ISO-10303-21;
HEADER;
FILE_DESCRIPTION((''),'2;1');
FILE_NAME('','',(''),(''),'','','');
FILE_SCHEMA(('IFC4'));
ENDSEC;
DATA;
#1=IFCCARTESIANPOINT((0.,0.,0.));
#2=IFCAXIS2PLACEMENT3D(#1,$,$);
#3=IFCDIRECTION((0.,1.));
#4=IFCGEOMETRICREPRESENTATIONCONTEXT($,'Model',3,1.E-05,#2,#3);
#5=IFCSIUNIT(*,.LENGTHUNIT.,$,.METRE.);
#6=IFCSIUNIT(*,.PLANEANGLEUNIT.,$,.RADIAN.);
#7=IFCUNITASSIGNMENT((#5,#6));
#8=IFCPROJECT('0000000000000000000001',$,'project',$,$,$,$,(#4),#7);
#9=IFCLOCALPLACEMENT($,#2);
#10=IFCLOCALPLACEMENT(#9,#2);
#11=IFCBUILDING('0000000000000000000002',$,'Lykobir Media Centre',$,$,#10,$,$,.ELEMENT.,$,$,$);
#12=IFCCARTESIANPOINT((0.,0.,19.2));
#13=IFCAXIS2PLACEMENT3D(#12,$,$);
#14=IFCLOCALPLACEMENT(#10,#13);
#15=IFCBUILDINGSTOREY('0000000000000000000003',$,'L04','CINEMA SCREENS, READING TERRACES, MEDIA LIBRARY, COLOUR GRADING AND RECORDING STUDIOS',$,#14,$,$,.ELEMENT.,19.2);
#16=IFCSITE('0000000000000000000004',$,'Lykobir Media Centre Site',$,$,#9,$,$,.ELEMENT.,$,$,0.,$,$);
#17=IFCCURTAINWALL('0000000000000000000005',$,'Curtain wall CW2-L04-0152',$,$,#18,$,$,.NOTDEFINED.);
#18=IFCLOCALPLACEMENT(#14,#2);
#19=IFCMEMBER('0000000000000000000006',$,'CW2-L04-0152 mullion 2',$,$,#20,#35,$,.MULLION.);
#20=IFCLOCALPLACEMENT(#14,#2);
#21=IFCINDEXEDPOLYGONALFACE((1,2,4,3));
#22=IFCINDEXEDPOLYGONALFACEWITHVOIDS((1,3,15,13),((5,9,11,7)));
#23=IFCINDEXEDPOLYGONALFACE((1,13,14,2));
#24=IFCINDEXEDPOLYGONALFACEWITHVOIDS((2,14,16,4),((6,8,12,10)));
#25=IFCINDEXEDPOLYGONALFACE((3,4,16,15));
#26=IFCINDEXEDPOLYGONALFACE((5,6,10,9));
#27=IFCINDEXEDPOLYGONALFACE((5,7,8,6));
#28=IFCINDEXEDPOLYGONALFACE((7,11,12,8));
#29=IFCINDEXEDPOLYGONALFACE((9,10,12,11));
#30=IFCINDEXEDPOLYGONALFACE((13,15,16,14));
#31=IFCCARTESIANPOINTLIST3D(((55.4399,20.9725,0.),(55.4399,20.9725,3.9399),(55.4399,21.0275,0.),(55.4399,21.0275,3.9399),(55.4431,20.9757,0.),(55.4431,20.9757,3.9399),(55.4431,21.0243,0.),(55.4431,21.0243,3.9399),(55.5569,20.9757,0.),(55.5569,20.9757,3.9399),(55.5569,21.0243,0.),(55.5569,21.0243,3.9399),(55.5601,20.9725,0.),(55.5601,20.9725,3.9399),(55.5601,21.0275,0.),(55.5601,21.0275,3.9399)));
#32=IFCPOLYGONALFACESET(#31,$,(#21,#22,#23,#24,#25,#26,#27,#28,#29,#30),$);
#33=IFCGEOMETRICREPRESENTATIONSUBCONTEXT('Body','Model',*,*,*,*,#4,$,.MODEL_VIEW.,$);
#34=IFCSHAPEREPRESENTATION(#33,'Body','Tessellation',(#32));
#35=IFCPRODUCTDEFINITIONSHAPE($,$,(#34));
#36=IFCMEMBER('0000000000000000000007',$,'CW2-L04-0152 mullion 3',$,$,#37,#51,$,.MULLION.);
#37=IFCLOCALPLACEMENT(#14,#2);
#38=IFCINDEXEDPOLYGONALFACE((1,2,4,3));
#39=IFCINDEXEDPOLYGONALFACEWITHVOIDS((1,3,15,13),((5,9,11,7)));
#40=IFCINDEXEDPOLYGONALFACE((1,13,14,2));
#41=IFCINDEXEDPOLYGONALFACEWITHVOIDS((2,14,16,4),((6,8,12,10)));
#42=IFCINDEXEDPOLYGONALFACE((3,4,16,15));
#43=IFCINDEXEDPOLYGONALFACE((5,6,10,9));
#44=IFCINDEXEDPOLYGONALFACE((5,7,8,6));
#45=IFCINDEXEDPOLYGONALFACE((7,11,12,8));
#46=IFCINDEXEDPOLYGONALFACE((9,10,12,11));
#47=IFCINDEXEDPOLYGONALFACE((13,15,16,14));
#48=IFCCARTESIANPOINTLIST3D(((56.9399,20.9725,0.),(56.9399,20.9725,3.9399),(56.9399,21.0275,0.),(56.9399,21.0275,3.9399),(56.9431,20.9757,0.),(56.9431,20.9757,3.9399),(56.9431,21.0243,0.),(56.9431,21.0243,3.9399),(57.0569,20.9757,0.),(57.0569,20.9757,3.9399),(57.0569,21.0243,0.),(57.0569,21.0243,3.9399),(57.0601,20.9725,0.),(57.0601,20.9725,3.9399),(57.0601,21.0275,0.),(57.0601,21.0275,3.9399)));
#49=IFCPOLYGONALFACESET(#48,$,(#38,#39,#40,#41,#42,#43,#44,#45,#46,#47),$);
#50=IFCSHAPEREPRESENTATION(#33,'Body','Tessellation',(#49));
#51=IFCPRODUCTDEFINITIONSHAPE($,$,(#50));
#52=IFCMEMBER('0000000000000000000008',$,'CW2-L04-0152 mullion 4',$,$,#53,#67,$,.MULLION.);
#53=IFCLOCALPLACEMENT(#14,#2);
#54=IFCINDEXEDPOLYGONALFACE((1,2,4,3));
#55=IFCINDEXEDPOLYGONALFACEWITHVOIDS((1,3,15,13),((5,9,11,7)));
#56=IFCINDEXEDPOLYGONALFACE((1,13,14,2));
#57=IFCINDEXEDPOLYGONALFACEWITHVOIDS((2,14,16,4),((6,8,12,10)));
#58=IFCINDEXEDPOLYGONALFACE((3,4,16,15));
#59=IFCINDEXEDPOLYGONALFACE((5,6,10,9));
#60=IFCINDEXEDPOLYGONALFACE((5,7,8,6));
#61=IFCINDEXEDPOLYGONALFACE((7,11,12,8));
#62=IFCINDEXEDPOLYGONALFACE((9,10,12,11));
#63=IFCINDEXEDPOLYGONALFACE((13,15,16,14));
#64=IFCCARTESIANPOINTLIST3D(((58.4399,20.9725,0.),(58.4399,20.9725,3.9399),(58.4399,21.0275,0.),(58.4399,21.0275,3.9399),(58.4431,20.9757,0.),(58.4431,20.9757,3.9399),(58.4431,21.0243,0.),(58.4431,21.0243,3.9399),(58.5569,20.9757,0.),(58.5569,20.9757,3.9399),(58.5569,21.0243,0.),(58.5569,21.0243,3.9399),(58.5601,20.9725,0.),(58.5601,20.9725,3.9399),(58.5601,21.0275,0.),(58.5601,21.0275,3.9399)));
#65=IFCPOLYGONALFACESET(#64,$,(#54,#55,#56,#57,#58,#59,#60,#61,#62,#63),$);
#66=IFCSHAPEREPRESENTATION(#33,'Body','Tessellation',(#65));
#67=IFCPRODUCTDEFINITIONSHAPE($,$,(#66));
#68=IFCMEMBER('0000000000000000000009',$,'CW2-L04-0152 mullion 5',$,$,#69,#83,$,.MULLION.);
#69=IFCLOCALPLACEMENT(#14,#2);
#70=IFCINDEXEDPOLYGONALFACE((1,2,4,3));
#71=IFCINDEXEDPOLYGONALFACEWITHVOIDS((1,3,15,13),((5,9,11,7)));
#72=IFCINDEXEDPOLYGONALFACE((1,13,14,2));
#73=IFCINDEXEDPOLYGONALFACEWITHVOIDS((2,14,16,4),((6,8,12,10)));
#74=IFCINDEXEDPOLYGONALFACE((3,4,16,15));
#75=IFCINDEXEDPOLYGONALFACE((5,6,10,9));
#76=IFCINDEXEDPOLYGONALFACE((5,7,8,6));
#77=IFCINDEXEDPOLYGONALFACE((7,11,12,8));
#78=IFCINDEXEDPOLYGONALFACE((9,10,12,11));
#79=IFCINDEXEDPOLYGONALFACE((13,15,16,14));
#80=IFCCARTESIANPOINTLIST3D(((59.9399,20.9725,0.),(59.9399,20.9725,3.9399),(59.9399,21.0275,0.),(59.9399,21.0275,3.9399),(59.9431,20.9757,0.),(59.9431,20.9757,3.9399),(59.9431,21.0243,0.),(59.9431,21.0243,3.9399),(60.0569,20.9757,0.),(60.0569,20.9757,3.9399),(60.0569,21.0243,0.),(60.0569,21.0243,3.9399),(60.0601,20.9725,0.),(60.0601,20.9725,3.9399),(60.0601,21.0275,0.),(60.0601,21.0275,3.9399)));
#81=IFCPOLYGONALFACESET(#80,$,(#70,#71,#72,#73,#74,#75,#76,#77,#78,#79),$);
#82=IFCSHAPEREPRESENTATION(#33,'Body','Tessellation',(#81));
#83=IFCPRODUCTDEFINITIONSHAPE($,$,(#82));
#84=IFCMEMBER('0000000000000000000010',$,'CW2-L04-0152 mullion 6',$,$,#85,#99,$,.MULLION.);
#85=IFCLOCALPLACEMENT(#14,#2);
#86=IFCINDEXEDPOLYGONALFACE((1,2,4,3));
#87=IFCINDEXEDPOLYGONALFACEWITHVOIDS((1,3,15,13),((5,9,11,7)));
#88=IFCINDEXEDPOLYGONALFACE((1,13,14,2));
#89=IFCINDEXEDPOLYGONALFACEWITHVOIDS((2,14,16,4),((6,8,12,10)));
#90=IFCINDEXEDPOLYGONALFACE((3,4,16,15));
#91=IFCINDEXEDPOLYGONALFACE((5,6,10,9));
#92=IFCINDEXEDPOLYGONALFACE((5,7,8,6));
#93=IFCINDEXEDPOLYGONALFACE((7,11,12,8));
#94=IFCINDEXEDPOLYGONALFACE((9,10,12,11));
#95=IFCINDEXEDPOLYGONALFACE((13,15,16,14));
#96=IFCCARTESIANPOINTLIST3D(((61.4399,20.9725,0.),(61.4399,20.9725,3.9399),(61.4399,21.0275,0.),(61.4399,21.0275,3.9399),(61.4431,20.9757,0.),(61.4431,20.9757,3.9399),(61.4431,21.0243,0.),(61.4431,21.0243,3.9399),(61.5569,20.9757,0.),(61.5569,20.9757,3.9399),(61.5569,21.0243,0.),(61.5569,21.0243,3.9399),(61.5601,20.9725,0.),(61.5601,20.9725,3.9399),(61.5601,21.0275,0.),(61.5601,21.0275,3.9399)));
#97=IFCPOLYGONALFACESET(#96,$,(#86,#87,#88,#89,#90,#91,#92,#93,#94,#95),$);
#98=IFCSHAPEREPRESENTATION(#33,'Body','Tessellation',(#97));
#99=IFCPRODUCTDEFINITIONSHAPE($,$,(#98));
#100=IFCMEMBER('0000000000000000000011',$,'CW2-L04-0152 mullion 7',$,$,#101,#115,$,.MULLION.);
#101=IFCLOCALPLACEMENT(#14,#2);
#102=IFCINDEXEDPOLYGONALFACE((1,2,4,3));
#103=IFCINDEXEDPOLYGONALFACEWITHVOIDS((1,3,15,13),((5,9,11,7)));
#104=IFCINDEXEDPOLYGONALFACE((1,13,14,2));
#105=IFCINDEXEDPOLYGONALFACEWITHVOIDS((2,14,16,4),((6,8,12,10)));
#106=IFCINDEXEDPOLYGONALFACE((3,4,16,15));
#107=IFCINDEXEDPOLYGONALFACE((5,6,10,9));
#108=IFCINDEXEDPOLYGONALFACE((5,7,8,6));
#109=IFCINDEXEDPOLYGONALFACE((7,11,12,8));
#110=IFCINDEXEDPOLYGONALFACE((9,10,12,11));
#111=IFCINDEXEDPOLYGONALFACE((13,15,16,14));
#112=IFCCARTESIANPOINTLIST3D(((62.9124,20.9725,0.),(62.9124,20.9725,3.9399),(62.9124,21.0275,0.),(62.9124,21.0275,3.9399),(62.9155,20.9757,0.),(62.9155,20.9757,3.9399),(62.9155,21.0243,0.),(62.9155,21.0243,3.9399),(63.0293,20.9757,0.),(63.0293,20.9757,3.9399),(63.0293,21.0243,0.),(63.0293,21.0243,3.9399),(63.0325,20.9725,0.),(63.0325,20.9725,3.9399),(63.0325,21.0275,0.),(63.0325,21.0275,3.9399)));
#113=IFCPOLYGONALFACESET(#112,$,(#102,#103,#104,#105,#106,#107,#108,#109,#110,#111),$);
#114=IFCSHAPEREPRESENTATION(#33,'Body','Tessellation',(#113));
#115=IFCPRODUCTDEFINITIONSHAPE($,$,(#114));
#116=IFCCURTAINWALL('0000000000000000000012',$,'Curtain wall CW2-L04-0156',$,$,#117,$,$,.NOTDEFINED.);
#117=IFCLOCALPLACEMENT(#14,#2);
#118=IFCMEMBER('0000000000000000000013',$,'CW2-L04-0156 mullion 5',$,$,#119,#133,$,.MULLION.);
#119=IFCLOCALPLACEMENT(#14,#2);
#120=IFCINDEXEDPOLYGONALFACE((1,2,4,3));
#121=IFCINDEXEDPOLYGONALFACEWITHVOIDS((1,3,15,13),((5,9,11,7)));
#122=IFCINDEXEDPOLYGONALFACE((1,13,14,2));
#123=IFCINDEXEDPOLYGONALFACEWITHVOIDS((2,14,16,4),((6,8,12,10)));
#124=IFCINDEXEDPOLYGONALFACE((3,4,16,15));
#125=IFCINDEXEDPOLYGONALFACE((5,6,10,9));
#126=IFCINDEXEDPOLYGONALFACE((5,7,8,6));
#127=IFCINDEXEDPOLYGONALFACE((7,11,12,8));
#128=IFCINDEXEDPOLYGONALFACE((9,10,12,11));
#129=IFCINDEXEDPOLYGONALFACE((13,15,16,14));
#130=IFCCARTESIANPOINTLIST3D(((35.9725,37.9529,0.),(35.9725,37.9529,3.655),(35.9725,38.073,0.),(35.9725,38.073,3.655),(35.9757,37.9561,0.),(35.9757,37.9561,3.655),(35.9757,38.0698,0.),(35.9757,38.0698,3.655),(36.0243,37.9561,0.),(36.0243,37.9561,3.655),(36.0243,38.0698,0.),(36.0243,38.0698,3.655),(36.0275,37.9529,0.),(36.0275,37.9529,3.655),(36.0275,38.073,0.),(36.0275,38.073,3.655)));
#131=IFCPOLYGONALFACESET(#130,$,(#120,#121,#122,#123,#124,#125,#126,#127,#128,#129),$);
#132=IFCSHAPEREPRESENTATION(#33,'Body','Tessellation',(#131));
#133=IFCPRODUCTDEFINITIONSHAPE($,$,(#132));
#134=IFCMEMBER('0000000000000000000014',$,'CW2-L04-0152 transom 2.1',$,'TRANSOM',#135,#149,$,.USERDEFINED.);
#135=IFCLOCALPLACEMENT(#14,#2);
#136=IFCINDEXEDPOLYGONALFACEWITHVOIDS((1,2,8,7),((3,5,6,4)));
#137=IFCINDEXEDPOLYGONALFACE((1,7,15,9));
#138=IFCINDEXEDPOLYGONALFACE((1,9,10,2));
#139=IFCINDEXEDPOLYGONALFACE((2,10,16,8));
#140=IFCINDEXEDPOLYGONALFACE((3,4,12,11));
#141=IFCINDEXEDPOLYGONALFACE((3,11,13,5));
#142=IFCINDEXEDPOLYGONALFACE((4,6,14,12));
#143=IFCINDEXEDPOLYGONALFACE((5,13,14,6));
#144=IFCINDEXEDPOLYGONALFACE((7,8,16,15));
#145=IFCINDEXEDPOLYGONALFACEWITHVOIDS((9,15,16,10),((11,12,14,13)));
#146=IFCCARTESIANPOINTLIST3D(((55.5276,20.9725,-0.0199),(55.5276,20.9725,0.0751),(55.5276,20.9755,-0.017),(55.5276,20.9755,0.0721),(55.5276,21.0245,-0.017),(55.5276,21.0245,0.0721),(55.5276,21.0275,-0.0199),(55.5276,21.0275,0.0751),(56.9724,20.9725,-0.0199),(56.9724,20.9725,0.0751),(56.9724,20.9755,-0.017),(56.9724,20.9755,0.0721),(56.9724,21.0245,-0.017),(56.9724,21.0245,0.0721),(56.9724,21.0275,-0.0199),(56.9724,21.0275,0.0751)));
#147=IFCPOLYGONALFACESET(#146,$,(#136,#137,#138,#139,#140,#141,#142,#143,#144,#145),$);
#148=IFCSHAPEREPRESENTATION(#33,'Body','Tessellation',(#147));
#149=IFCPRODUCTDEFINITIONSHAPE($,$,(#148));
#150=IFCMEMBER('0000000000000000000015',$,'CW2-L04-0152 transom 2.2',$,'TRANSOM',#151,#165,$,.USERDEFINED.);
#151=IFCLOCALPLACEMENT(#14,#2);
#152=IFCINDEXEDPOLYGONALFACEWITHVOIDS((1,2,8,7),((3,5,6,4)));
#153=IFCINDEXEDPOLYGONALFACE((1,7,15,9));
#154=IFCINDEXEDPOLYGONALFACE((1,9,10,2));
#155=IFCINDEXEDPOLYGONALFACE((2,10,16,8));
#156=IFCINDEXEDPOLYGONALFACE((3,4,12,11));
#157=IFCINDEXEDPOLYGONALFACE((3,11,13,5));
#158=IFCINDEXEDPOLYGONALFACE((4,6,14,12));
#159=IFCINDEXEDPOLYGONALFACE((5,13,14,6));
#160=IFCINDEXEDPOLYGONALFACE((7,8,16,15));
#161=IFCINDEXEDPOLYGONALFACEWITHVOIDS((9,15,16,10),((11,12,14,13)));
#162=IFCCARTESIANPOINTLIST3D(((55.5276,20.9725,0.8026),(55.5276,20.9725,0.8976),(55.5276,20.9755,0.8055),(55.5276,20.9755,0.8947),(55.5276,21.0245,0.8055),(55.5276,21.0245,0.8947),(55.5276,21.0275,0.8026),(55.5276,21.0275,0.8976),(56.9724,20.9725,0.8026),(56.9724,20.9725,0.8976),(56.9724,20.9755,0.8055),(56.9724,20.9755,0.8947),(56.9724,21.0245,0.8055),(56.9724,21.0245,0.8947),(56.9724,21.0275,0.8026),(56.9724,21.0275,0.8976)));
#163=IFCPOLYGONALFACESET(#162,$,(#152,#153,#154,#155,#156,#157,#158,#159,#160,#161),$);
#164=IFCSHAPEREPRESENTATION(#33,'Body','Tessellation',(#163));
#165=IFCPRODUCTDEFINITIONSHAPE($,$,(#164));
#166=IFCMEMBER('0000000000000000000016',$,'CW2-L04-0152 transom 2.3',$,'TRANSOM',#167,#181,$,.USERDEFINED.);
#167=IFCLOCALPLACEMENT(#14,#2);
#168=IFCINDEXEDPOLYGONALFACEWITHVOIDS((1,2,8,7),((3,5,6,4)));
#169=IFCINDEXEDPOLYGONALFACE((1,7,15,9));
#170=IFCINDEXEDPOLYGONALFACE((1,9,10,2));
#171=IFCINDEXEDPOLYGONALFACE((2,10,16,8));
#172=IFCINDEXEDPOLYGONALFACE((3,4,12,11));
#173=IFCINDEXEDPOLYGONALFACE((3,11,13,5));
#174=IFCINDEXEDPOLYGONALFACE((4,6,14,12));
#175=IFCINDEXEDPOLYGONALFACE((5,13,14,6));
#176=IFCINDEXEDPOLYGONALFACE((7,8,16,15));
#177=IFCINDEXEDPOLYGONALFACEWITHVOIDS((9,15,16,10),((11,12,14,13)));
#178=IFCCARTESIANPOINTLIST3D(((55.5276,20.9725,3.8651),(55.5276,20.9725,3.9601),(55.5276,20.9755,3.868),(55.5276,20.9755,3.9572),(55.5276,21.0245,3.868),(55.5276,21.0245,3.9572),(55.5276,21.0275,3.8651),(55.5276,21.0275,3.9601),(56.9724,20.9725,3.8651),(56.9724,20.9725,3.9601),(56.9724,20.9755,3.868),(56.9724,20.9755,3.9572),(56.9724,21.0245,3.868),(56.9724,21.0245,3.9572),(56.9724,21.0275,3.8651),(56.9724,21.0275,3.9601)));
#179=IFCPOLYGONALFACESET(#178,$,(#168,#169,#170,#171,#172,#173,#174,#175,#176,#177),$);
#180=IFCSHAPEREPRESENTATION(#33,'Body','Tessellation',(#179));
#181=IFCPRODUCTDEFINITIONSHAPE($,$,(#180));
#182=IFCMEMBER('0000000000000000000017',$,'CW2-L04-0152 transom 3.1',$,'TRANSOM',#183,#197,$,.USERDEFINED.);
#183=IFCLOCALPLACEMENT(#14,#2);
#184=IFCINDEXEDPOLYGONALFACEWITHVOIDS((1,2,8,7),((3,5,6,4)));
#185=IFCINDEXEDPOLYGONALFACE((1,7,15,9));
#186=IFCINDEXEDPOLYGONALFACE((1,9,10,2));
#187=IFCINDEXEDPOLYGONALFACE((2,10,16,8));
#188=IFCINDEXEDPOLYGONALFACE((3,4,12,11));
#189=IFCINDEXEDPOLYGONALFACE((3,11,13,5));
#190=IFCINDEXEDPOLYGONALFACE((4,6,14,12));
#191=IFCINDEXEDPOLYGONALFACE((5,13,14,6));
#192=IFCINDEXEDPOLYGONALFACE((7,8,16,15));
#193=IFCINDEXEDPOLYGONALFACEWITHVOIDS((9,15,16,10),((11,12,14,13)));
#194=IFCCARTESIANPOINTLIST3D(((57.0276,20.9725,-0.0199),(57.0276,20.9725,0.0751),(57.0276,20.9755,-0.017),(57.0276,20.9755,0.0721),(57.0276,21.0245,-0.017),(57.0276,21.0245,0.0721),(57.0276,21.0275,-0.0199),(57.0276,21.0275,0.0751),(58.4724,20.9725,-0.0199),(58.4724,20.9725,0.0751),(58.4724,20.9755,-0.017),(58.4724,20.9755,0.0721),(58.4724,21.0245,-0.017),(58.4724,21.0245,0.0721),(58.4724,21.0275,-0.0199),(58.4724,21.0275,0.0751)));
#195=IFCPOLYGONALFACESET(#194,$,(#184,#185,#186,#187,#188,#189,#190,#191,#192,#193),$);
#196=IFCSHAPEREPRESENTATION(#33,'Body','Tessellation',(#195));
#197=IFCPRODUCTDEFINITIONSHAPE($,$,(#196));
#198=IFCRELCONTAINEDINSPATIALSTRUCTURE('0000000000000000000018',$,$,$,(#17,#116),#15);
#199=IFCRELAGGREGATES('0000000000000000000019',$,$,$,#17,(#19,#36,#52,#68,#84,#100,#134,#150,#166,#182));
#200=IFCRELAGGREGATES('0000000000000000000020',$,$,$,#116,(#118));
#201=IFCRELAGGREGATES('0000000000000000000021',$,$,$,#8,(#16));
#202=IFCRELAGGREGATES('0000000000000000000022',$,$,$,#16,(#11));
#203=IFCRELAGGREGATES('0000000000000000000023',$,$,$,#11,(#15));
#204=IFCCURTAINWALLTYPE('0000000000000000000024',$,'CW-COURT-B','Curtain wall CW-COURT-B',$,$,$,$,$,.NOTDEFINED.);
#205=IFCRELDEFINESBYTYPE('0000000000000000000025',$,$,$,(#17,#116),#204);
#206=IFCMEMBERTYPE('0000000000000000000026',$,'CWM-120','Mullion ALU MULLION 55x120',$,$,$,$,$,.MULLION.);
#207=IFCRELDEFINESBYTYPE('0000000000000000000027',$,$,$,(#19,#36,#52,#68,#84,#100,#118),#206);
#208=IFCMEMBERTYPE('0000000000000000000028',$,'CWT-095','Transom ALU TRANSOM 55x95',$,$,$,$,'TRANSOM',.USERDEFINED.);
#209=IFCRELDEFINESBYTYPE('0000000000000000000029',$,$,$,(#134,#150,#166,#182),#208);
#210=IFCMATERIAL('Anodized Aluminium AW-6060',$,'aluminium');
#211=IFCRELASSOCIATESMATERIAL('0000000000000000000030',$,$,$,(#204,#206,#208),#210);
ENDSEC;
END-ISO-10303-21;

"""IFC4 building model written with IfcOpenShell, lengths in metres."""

from ifc_helpers import new_model, si_unit, direction, frame, origin, origin_2d, place, context, subcontext, project, spatial, hollow_rectangle, extrude, material, material_profile, profile_set, type_object, element, aggregate, save


model = new_model("IFC4")

# Units and contexts
model_context = context("Model", 3, precision=1e-05, world=origin(), true_north=direction((0.0, 1.0)))
body_context = subcontext(model_context, "Body", "Model", "MODEL_VIEW")
ifc_project = project(units=[si_unit("LENGTHUNIT", "METRE"), si_unit("PLANEANGLEUNIT", "RADIAN")], contexts=[model_context])

# Site, building, storey
site_placement = place(None, origin())
site = spatial("IfcSite", under=ifc_project, at=site_placement, Name="Lykobir Media Centre Site", CompositionType="ELEMENT", RefElevation=0.0)
building_placement = place(site_placement, origin())
building = spatial("IfcBuilding", under=site, at=building_placement, Name="Lykobir Media Centre", CompositionType="ELEMENT")
storey_placement = place(building_placement, frame((0.0, 0.0, 19.2)))
storey = spatial("IfcBuildingStorey", under=building, at=storey_placement, Name="L04", Description="CINEMA SCREENS, READING TERRACES, MEDIA LIBRARY, COLOUR GRADING AND RECORDING STUDIOS", CompositionType="ELEMENT", Elevation=19.2)

# Curtain wall, members
ifc_material_1 = material(Name="Anodized Aluminium AW-6060", Category="aluminium")
curtain_wall_type = type_object("IfcCurtainWallType", Name="CW-COURT-B", Description="Curtain wall CW-COURT-B", PredefinedType="NOTDEFINED", material=ifc_material_1)
curtain_wall_1_placement = place(storey_placement, origin())
curtain_wall_1 = element("IfcCurtainWall", 1, at=curtain_wall_1_placement, inside=storey, type_object=curtain_wall_type, Name="Curtain wall CW2-L04-0152", PredefinedType="NOTDEFINED")
ifc_material_profile_1 = material_profile(ifc_material_1, hollow_rectangle(XDim=0.0549, YDim=0.1201, WallThickness=0.0032, at=origin_2d()), Name="ALU MULLION 55x120")
ifc_profile_set_1 = profile_set([ifc_material_profile_1], Name="Anodized Aluminium AW-6060")
member_type_1 = type_object("IfcMemberType", Name="CWM-120", Description="Mullion ALU MULLION 55x120", PredefinedType="MULLION", material=ifc_profile_set_1)
member_1_placement = place(storey_placement, frame((55.5, 21.0, 0.0), z_axis=(0.0, 0.0, 1.0), x_axis=(0.0, 1.0, 0.0)))
member_1 = element("IfcMember", 2, at=member_1_placement, type_object=member_type_1, Name="CW2-L04-0152 mullion 2", PredefinedType="MULLION", context=body_context, shape_type="SweptSolid", body=[
    extrude(hollow_rectangle(XDim=0.0549, YDim=0.1201, WallThickness=0.0032, at=origin_2d()), origin(), (0.0, 0.0, 1.0), 3.9399),
])
member_2_placement = place(storey_placement, frame((57.0, 21.0, 0.0), z_axis=(0.0, 0.0, 1.0), x_axis=(0.0, 1.0, 0.0)))
member_2 = element("IfcMember", 3, at=member_2_placement, type_object=member_type_1, Name="CW2-L04-0152 mullion 3", PredefinedType="MULLION", context=body_context, shape_type="SweptSolid", body=[
    extrude(hollow_rectangle(XDim=0.0549, YDim=0.1201, WallThickness=0.0032, at=origin_2d()), origin(), (0.0, 0.0, 1.0), 3.9399),
])
member_3_placement = place(storey_placement, frame((58.5, 21.0, 0.0), z_axis=(0.0, 0.0, 1.0), x_axis=(0.0, 1.0, 0.0)))
member_3 = element("IfcMember", 4, at=member_3_placement, type_object=member_type_1, Name="CW2-L04-0152 mullion 4", PredefinedType="MULLION", context=body_context, shape_type="SweptSolid", body=[
    extrude(hollow_rectangle(XDim=0.0549, YDim=0.1201, WallThickness=0.0032, at=origin_2d()), origin(), (0.0, 0.0, 1.0), 3.9399),
])
member_4_placement = place(storey_placement, frame((60.0, 21.0, 0.0), z_axis=(0.0, 0.0, 1.0), x_axis=(0.0, 1.0, 0.0)))
member_4 = element("IfcMember", 5, at=member_4_placement, type_object=member_type_1, Name="CW2-L04-0152 mullion 5", PredefinedType="MULLION", context=body_context, shape_type="SweptSolid", body=[
    extrude(hollow_rectangle(XDim=0.0549, YDim=0.1201, WallThickness=0.0032, at=origin_2d()), origin(), (0.0, 0.0, 1.0), 3.9399),
])
member_5_placement = place(storey_placement, frame((61.5, 21.0, 0.0), z_axis=(0.0, 0.0, 1.0), x_axis=(0.0, 1.0, 0.0)))
member_5 = element("IfcMember", 6, at=member_5_placement, type_object=member_type_1, Name="CW2-L04-0152 mullion 6", PredefinedType="MULLION", context=body_context, shape_type="SweptSolid", body=[
    extrude(hollow_rectangle(XDim=0.0549, YDim=0.1201, WallThickness=0.0032, at=origin_2d()), origin(), (0.0, 0.0, 1.0), 3.9399),
])
member_6_placement = place(storey_placement, frame((62.9724, 21.0, 0.0), z_axis=(0.0, 0.0, 1.0), x_axis=(0.0, 1.0, 0.0)))
member_6 = element("IfcMember", 7, at=member_6_placement, type_object=member_type_1, Name="CW2-L04-0152 mullion 7", PredefinedType="MULLION", context=body_context, shape_type="SweptSolid", body=[
    extrude(hollow_rectangle(XDim=0.0549, YDim=0.1201, WallThickness=0.0032, at=origin_2d()), origin(), (0.0, 0.0, 1.0), 3.9399),
])

# Curtain wall, member
curtain_wall_2_placement = place(storey_placement, origin())
curtain_wall_2 = element("IfcCurtainWall", 8, at=curtain_wall_2_placement, inside=storey, type_object=curtain_wall_type, Name="Curtain wall CW2-L04-0156", PredefinedType="NOTDEFINED")
member_7_placement = place(storey_placement, frame((36.0, 38.0129, 0.0), z_axis=(0.0, 0.0, 1.0), x_axis=(1.0, 0.0, 0.0)))
member_7 = element("IfcMember", 9, at=member_7_placement, type_object=member_type_1, Name="CW2-L04-0156 mullion 5", PredefinedType="MULLION", context=body_context, shape_type="SweptSolid", body=[
    extrude(hollow_rectangle(XDim=0.0549, YDim=0.1201, WallThickness=0.0032, at=origin_2d()), origin(), (0.0, 0.0, 1.0), 3.655),
])

# Members
ifc_material_profile_2 = material_profile(ifc_material_1, hollow_rectangle(XDim=0.0549, YDim=0.095, WallThickness=0.0029, at=origin_2d()), Name="ALU TRANSOM 55x95")
ifc_profile_set_2 = profile_set([ifc_material_profile_2], Name="Anodized Aluminium AW-6060")
member_type_2 = type_object("IfcMemberType", Name="CWT-095", Description="Transom ALU TRANSOM 55x95", ElementType="TRANSOM", PredefinedType="USERDEFINED", material=ifc_profile_set_2)
member_8_placement = place(storey_placement, frame((55.5276, 21.0, 0.0276), z_axis=(1.0, 0.0, 0.0), x_axis=(0.0, 1.0, 0.0)))
member_8 = element("IfcMember", 10, at=member_8_placement, type_object=member_type_2, Name="CW2-L04-0152 transom 2.1", ObjectType="TRANSOM", PredefinedType="USERDEFINED", context=body_context, shape_type="SweptSolid", body=[
    extrude(hollow_rectangle(XDim=0.0549, YDim=0.095, WallThickness=0.0029, at=origin_2d()), origin(), (0.0, 0.0, 1.0), 1.4448),
])
member_9_placement = place(storey_placement, frame((55.5276, 21.0, 0.8501), z_axis=(1.0, 0.0, 0.0), x_axis=(0.0, 1.0, 0.0)))
member_9 = element("IfcMember", 11, at=member_9_placement, type_object=member_type_2, Name="CW2-L04-0152 transom 2.2", ObjectType="TRANSOM", PredefinedType="USERDEFINED", context=body_context, shape_type="SweptSolid", body=[
    extrude(hollow_rectangle(XDim=0.0549, YDim=0.095, WallThickness=0.0029, at=origin_2d()), origin(), (0.0, 0.0, 1.0), 1.4448),
])
member_10_placement = place(storey_placement, frame((55.5276, 21.0, 3.9126), z_axis=(1.0, 0.0, 0.0), x_axis=(0.0, 1.0, 0.0)))
member_10 = element("IfcMember", 12, at=member_10_placement, type_object=member_type_2, Name="CW2-L04-0152 transom 2.3", ObjectType="TRANSOM", PredefinedType="USERDEFINED", context=body_context, shape_type="SweptSolid", body=[
    extrude(hollow_rectangle(XDim=0.0549, YDim=0.095, WallThickness=0.0029, at=origin_2d()), origin(), (0.0, 0.0, 1.0), 1.4448),
])
member_11_placement = place(storey_placement, frame((57.0276, 21.0, 0.0276), z_axis=(1.0, 0.0, 0.0), x_axis=(0.0, 1.0, 0.0)))
member_11 = element("IfcMember", 13, at=member_11_placement, type_object=member_type_2, Name="CW2-L04-0152 transom 3.1", ObjectType="TRANSOM", PredefinedType="USERDEFINED", context=body_context, shape_type="SweptSolid", body=[
    extrude(hollow_rectangle(XDim=0.0549, YDim=0.095, WallThickness=0.0029, at=origin_2d()), origin(), (0.0, 0.0, 1.0), 1.4448),
])

aggregate(curtain_wall_1, [member_1, member_2, member_3, member_4, member_5, member_6, member_8, member_9, member_10, member_11])
aggregate(curtain_wall_2, [member_7])

save(model, "model.ifc")
